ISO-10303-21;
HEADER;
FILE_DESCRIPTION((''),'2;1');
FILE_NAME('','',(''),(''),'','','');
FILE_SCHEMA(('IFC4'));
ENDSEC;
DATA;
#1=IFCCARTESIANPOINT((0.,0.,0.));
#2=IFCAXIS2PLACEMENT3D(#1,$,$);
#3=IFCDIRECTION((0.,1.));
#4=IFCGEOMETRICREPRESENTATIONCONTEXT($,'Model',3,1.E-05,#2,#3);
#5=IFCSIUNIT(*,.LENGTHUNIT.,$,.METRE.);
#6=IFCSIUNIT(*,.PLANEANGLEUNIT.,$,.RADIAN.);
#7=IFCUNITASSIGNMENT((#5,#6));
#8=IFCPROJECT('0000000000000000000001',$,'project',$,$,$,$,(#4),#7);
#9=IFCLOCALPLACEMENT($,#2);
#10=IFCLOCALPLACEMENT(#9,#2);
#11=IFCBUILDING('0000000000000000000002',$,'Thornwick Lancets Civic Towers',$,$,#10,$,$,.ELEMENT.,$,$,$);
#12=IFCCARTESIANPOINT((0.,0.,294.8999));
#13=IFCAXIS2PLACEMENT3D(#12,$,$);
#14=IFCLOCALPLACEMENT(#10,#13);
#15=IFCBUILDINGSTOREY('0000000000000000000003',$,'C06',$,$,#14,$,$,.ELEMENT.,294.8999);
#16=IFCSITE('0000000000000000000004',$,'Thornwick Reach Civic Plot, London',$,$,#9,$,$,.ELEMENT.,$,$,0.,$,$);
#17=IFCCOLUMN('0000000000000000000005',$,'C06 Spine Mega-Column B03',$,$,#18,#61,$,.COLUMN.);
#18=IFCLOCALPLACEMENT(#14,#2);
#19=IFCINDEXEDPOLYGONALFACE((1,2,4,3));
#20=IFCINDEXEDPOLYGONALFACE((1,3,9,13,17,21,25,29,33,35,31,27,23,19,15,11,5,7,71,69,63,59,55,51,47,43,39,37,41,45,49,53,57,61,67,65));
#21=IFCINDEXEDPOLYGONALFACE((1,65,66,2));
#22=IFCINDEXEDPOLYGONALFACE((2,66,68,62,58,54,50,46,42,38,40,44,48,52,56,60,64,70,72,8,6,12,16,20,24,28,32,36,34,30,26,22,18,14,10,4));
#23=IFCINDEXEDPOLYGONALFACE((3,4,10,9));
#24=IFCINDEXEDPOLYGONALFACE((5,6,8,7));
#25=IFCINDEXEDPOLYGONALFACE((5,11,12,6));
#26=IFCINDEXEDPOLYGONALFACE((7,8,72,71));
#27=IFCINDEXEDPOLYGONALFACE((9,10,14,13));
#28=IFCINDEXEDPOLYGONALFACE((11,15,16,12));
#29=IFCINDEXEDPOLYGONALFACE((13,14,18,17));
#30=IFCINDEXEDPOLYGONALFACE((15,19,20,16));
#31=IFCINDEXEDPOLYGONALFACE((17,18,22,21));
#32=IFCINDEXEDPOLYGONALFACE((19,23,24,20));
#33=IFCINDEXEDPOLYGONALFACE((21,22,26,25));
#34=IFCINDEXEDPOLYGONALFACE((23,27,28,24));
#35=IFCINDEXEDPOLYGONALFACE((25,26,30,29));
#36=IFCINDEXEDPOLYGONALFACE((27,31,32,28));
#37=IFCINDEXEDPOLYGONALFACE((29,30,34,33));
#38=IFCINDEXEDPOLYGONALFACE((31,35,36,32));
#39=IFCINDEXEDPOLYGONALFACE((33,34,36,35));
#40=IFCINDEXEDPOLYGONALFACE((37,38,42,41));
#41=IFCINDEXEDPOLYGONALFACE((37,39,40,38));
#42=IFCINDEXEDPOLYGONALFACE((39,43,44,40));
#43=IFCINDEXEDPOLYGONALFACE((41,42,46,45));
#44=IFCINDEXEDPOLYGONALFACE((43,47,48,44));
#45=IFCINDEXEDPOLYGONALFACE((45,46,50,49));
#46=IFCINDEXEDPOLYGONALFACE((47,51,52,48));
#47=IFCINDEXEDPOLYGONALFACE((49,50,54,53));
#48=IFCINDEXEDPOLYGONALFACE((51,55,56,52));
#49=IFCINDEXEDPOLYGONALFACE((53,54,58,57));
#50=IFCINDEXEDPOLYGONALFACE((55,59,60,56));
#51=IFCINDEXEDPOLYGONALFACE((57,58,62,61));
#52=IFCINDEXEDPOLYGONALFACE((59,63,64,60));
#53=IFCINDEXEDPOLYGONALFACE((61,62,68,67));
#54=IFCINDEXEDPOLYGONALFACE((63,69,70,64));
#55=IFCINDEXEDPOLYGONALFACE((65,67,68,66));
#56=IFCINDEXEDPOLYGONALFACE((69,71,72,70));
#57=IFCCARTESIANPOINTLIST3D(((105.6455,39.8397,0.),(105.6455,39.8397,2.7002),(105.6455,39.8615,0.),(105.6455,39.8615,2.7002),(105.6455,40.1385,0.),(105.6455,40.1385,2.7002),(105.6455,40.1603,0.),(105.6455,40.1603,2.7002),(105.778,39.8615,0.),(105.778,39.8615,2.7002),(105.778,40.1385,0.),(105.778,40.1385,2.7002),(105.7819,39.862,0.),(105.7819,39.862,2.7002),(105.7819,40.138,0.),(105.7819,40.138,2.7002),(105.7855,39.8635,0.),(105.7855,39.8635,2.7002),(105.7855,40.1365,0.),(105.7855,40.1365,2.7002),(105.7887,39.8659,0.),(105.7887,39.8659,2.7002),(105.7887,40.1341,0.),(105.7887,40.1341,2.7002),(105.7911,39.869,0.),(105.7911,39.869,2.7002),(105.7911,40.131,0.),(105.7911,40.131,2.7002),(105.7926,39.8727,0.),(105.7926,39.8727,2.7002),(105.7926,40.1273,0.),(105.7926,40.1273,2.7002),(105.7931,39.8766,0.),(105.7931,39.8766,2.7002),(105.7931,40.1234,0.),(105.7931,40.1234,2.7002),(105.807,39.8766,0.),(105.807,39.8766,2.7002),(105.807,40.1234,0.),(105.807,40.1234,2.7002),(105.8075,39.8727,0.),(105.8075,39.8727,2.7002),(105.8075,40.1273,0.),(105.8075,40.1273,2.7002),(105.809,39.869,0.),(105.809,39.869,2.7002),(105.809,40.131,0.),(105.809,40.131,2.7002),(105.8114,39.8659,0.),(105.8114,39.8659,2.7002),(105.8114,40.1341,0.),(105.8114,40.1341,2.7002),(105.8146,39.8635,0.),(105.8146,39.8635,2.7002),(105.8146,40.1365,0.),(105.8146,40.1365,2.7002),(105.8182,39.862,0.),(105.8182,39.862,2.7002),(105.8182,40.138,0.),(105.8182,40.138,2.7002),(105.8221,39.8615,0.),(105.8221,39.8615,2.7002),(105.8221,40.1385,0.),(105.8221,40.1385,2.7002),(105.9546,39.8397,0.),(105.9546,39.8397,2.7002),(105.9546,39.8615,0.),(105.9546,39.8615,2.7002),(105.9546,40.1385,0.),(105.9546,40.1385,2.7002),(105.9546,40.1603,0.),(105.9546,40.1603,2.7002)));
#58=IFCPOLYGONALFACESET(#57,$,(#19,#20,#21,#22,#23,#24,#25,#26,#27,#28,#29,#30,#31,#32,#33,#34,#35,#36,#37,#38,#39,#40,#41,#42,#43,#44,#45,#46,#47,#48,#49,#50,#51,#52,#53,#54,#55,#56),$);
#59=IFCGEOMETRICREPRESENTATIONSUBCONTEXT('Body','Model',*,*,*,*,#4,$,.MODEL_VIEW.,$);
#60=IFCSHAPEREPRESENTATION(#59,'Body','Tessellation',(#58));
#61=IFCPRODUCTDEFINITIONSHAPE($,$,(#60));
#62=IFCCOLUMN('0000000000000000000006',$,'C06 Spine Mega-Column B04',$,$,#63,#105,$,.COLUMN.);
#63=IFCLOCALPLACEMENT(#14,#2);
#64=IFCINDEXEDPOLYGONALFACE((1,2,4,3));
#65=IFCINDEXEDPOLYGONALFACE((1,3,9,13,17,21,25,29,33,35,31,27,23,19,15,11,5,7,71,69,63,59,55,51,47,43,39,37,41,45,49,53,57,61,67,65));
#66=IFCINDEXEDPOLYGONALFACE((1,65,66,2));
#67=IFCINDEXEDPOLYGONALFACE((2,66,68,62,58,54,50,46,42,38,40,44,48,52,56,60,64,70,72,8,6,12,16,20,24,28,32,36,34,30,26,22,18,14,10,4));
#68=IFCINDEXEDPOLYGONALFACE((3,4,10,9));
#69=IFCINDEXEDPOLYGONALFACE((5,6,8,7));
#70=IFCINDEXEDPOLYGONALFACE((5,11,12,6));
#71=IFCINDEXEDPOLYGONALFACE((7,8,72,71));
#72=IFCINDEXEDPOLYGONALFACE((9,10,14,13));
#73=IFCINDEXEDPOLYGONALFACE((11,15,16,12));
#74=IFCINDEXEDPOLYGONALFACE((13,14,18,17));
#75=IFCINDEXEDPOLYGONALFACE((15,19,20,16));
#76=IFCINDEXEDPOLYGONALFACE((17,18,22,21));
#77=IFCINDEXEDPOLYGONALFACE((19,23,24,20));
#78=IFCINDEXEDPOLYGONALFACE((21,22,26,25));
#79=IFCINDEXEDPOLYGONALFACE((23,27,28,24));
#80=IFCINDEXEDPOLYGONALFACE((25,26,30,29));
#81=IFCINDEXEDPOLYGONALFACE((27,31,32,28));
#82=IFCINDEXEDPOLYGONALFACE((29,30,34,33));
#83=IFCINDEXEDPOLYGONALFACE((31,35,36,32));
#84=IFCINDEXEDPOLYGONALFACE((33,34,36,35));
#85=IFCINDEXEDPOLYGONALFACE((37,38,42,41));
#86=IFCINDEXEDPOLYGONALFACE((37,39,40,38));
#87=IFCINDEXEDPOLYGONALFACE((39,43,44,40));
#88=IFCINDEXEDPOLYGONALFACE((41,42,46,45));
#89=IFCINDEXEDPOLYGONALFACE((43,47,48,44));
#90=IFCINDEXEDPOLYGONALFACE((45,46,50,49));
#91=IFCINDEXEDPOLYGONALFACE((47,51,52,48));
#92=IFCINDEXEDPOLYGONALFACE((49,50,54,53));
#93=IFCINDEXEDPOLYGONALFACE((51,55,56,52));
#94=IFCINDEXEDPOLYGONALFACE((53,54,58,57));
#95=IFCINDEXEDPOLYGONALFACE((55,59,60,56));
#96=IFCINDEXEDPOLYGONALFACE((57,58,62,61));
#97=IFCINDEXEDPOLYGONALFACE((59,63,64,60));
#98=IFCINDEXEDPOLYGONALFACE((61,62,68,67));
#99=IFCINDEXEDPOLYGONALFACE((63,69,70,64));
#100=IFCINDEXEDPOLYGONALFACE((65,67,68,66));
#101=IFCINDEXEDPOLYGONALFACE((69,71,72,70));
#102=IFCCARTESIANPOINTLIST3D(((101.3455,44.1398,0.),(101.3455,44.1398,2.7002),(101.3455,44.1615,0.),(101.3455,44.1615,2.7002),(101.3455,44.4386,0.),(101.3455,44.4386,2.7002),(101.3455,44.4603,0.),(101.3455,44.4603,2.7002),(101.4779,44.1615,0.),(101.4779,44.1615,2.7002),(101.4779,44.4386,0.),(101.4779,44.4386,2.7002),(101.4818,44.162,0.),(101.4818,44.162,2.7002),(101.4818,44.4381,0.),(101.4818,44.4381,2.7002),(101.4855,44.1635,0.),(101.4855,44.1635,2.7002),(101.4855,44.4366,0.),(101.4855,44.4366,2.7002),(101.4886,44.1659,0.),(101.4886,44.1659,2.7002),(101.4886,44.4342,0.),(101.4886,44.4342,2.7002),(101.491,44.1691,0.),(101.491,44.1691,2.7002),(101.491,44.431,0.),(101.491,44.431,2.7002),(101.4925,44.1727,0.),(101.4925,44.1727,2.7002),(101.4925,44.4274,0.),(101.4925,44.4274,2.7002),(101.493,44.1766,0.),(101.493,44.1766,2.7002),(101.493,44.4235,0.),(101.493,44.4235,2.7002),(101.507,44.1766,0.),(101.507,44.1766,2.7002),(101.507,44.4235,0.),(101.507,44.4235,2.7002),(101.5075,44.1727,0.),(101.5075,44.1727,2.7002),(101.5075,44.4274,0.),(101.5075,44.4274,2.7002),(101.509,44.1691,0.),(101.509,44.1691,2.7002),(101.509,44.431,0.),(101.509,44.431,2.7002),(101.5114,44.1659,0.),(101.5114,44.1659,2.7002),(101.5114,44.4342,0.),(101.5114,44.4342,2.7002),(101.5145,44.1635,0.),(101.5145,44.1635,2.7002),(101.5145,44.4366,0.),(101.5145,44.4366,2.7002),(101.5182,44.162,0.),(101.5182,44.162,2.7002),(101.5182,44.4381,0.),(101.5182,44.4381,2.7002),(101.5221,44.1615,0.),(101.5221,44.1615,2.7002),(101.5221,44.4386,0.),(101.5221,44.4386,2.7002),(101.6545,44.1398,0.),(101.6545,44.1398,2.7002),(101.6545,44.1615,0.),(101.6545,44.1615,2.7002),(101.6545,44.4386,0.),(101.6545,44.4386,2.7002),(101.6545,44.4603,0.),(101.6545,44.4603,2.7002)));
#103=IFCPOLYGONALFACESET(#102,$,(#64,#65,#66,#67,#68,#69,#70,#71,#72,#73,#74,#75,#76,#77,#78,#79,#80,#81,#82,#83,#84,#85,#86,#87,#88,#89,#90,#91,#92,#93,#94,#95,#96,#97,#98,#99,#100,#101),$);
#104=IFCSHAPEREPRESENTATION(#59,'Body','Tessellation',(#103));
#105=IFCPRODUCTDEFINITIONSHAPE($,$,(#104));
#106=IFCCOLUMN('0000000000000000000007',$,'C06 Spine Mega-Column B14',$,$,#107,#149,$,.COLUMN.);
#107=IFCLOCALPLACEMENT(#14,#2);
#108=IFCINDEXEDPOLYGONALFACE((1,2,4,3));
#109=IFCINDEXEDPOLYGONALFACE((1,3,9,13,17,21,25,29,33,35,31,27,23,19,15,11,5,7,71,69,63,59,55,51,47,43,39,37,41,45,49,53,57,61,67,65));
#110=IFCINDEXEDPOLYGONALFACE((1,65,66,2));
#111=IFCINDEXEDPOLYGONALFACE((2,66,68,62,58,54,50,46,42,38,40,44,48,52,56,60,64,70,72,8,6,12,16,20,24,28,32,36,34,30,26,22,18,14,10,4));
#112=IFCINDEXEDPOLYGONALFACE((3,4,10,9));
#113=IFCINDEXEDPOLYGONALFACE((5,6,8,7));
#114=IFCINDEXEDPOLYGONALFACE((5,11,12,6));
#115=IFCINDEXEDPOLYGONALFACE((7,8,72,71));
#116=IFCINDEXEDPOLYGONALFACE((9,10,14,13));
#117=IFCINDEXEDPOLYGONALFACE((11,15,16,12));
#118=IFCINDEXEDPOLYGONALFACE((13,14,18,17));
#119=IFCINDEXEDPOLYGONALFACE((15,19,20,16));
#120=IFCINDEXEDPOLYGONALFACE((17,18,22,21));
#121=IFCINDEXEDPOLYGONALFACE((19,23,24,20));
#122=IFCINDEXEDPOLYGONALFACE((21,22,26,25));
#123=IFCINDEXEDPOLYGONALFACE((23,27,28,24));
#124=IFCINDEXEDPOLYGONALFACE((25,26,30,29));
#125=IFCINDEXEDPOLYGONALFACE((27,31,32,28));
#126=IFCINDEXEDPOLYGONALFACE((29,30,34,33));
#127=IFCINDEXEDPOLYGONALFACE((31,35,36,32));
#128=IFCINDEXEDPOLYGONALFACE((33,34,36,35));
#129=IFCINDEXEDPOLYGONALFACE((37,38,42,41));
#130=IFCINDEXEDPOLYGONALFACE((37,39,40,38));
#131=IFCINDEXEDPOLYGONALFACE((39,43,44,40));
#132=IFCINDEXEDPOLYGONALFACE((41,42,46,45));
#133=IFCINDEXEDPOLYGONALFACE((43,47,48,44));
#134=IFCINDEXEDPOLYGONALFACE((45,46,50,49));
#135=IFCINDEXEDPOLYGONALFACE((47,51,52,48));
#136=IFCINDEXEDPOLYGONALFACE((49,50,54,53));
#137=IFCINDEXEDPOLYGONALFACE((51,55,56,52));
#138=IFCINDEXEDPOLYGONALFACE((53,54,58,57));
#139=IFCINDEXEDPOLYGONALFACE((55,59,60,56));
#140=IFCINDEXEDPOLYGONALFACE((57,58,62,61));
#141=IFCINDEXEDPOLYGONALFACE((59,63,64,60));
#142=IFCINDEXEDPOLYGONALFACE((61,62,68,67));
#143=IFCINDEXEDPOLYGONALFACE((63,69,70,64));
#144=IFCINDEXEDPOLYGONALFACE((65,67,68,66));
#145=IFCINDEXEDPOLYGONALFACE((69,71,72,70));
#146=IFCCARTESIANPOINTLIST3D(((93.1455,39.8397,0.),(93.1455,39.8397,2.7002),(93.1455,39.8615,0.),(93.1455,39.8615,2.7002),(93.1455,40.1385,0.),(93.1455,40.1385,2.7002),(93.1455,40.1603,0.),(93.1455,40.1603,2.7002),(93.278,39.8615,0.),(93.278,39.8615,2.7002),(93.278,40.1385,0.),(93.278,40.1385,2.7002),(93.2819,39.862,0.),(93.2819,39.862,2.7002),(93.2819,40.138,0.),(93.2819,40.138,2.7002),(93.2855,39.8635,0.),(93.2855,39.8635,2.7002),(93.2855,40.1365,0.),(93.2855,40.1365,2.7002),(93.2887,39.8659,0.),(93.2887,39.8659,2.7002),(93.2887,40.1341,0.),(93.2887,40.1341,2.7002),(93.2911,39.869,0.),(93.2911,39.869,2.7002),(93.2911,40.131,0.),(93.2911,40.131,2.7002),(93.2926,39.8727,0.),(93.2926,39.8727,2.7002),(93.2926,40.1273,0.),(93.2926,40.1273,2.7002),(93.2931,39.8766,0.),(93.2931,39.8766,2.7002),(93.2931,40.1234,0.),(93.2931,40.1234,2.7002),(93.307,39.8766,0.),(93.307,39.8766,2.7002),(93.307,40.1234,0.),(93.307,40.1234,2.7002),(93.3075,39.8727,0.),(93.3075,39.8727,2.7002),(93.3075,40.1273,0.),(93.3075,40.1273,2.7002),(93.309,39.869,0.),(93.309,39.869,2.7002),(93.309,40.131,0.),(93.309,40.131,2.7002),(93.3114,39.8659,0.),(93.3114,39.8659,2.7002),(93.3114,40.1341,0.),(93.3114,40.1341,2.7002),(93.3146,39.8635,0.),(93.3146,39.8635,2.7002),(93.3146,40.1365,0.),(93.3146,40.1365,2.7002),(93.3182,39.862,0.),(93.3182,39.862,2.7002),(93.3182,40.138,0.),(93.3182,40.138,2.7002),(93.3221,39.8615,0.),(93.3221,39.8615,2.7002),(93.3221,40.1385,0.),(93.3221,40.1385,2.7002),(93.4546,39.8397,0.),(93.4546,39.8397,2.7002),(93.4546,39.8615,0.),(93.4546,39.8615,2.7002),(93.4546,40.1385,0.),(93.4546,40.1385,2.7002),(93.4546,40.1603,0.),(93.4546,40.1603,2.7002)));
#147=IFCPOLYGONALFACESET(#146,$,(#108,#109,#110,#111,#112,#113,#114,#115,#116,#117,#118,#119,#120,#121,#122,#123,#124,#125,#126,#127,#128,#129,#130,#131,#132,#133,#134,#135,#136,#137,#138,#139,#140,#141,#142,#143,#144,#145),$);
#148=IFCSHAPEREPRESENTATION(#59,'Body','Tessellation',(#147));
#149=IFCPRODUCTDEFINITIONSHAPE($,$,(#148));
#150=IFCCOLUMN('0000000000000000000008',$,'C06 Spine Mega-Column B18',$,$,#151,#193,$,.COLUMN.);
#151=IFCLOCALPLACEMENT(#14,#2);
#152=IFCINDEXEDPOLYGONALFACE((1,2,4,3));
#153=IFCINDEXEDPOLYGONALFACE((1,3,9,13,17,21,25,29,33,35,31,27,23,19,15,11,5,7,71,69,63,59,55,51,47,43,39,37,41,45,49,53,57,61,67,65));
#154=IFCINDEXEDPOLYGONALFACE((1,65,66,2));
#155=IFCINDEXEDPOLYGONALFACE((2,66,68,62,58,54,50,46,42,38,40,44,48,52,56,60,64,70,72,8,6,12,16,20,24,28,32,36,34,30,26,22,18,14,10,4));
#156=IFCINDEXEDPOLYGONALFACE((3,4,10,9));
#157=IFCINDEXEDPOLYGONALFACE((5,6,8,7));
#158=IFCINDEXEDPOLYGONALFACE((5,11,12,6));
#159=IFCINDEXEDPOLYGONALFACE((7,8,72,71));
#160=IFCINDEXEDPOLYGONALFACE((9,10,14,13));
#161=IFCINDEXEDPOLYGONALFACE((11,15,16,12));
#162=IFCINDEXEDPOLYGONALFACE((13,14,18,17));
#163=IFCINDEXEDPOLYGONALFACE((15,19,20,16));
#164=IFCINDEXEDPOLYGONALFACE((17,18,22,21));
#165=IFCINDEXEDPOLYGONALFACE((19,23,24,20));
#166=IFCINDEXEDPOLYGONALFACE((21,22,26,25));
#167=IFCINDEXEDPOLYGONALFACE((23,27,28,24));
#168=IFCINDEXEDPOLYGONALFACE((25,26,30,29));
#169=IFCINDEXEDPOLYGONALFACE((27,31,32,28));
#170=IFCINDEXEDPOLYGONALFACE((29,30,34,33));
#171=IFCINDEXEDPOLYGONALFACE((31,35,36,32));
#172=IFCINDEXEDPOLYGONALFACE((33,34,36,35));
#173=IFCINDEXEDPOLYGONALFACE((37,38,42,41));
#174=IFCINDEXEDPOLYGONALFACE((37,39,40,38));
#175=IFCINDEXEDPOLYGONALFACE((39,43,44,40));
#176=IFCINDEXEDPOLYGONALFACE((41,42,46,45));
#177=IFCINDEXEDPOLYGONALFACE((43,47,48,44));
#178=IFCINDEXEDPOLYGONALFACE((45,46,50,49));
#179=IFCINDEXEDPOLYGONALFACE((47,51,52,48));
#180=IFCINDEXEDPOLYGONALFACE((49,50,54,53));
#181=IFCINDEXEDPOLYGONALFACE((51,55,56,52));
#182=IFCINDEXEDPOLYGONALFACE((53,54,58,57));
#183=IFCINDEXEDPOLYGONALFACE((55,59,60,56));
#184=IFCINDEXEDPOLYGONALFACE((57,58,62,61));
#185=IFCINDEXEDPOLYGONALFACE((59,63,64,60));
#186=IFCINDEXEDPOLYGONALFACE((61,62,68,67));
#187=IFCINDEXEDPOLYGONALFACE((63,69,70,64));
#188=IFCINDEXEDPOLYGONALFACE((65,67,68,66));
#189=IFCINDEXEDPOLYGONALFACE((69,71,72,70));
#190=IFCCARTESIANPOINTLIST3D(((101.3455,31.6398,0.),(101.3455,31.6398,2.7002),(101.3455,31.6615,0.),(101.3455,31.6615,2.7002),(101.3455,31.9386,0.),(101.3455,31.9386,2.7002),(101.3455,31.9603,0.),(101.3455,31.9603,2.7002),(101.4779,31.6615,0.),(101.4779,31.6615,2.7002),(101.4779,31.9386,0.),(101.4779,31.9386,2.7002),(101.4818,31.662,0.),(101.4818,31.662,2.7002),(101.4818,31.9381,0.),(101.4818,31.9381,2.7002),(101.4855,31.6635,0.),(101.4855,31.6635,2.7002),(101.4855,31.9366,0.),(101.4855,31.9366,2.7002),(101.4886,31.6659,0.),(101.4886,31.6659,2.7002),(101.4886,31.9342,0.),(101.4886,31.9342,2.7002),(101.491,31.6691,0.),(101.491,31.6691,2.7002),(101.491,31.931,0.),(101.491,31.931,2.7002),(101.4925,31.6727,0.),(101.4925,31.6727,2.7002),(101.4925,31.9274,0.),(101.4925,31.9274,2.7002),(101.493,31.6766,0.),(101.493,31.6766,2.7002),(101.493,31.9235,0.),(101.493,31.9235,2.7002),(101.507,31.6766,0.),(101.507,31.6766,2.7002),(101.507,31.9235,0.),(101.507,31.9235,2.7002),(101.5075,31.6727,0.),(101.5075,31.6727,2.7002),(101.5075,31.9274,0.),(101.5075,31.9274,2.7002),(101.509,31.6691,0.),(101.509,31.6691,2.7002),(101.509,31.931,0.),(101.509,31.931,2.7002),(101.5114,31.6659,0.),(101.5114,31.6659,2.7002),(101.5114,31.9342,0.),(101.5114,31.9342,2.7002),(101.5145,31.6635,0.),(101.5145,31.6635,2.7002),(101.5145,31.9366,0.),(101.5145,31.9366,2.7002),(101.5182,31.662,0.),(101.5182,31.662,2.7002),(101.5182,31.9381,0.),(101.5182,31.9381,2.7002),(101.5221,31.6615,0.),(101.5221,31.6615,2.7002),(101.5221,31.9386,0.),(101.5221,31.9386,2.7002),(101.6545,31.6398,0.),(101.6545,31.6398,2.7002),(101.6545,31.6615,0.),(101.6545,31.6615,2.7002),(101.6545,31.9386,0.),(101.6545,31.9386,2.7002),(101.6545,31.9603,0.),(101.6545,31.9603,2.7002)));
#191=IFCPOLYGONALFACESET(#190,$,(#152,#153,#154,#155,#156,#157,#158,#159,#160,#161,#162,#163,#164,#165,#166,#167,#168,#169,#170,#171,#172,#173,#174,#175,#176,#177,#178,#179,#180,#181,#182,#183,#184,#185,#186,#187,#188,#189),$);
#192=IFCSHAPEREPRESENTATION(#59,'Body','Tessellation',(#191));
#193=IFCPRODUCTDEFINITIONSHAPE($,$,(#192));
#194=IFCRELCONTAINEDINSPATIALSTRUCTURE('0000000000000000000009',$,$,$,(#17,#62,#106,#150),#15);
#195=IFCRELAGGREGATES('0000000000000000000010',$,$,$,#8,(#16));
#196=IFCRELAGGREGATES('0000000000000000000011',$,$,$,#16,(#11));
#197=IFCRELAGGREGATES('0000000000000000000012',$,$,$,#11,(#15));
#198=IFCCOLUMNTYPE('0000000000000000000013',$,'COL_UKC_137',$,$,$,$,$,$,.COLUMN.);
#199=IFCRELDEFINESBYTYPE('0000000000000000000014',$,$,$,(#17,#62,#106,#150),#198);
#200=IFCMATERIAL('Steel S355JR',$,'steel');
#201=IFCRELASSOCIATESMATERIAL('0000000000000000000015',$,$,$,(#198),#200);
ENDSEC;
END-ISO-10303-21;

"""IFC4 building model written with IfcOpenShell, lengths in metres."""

from ifc_helpers import new_model, si_unit, direction, frame, origin, origin_2d, place, context, subcontext, project, spatial, i_section, extrude, material, material_profile, profile_set, type_object, element, save


model = new_model("IFC4")

# Units and contexts
model_context = context("Model", 3, precision=1e-05, world=origin(), true_north=direction((0.0, 1.0)))
body_context = subcontext(model_context, "Body", "Model", "MODEL_VIEW")
ifc_project = project(units=[si_unit("LENGTHUNIT", "METRE"), si_unit("PLANEANGLEUNIT", "RADIAN")], contexts=[model_context])

# Site, building, storey
site_placement = place(None, origin())
site = spatial("IfcSite", under=ifc_project, at=site_placement, Name="Thornwick Reach Civic Plot, London", CompositionType="ELEMENT", RefElevation=0.0)
building_placement = place(site_placement, origin())
building = spatial("IfcBuilding", under=site, at=building_placement, Name="Thornwick Lancets Civic Towers", CompositionType="ELEMENT")
storey_placement = place(building_placement, frame((0.0, 0.0, 294.8999)))
storey = spatial("IfcBuildingStorey", under=building, at=storey_placement, Name="C06", CompositionType="ELEMENT", Elevation=294.8999)

# Columns
ifc_material_1 = material(Name="Steel S355JR", Category="steel")
ifc_material_profile_1 = material_profile(ifc_material_1, i_section(OverallWidth=0.3091, OverallDepth=0.3206, WebThickness=0.0139, FlangeThickness=0.0217, FilletRadius=0.0151, at=origin_2d()), Name="UKC 305x305x137")
ifc_profile_set_1 = profile_set([ifc_material_profile_1], Name="Steel S355JR")
column_type_1 = type_object("IfcColumnType", Name="COL_UKC_137", PredefinedType="COLUMN", material=ifc_profile_set_1)
for number, where, z_axis, x_axis, name in (
    (1, (105.8, 40.0, 0.0), (0.0, 0.0, 1.0), (1.0, 0.0, 0.0), "C06 Spine Mega-Column B03"),
    (2, (101.5, 44.3, 0.0), (0.0, 0.0, 1.0), (1.0, 0.0, 0.0), "C06 Spine Mega-Column B04"),
    (3, (93.3, 40.0, 0.0), (0.0, 0.0, 1.0), (1.0, 0.0, 0.0), "C06 Spine Mega-Column B14"),
    (4, (101.5, 31.8, 0.0), (0.0, 0.0, 1.0), (1.0, 0.0, 0.0), "C06 Spine Mega-Column B18"),
):
    element("IfcColumn", number, at=place(storey_placement, frame(where, z_axis=z_axis, x_axis=x_axis)), inside=storey, type_object=column_type_1, Name=name, PredefinedType="COLUMN", context=body_context, shape_type="SweptSolid", body=[
        extrude(i_section(OverallWidth=0.3091, OverallDepth=0.3206, WebThickness=0.0139, FlangeThickness=0.0217, FilletRadius=0.0151, at=origin_2d()), origin(), (0.0, 0.0, 1.0), 2.7002),
    ])

save(model, "model.ifc")
